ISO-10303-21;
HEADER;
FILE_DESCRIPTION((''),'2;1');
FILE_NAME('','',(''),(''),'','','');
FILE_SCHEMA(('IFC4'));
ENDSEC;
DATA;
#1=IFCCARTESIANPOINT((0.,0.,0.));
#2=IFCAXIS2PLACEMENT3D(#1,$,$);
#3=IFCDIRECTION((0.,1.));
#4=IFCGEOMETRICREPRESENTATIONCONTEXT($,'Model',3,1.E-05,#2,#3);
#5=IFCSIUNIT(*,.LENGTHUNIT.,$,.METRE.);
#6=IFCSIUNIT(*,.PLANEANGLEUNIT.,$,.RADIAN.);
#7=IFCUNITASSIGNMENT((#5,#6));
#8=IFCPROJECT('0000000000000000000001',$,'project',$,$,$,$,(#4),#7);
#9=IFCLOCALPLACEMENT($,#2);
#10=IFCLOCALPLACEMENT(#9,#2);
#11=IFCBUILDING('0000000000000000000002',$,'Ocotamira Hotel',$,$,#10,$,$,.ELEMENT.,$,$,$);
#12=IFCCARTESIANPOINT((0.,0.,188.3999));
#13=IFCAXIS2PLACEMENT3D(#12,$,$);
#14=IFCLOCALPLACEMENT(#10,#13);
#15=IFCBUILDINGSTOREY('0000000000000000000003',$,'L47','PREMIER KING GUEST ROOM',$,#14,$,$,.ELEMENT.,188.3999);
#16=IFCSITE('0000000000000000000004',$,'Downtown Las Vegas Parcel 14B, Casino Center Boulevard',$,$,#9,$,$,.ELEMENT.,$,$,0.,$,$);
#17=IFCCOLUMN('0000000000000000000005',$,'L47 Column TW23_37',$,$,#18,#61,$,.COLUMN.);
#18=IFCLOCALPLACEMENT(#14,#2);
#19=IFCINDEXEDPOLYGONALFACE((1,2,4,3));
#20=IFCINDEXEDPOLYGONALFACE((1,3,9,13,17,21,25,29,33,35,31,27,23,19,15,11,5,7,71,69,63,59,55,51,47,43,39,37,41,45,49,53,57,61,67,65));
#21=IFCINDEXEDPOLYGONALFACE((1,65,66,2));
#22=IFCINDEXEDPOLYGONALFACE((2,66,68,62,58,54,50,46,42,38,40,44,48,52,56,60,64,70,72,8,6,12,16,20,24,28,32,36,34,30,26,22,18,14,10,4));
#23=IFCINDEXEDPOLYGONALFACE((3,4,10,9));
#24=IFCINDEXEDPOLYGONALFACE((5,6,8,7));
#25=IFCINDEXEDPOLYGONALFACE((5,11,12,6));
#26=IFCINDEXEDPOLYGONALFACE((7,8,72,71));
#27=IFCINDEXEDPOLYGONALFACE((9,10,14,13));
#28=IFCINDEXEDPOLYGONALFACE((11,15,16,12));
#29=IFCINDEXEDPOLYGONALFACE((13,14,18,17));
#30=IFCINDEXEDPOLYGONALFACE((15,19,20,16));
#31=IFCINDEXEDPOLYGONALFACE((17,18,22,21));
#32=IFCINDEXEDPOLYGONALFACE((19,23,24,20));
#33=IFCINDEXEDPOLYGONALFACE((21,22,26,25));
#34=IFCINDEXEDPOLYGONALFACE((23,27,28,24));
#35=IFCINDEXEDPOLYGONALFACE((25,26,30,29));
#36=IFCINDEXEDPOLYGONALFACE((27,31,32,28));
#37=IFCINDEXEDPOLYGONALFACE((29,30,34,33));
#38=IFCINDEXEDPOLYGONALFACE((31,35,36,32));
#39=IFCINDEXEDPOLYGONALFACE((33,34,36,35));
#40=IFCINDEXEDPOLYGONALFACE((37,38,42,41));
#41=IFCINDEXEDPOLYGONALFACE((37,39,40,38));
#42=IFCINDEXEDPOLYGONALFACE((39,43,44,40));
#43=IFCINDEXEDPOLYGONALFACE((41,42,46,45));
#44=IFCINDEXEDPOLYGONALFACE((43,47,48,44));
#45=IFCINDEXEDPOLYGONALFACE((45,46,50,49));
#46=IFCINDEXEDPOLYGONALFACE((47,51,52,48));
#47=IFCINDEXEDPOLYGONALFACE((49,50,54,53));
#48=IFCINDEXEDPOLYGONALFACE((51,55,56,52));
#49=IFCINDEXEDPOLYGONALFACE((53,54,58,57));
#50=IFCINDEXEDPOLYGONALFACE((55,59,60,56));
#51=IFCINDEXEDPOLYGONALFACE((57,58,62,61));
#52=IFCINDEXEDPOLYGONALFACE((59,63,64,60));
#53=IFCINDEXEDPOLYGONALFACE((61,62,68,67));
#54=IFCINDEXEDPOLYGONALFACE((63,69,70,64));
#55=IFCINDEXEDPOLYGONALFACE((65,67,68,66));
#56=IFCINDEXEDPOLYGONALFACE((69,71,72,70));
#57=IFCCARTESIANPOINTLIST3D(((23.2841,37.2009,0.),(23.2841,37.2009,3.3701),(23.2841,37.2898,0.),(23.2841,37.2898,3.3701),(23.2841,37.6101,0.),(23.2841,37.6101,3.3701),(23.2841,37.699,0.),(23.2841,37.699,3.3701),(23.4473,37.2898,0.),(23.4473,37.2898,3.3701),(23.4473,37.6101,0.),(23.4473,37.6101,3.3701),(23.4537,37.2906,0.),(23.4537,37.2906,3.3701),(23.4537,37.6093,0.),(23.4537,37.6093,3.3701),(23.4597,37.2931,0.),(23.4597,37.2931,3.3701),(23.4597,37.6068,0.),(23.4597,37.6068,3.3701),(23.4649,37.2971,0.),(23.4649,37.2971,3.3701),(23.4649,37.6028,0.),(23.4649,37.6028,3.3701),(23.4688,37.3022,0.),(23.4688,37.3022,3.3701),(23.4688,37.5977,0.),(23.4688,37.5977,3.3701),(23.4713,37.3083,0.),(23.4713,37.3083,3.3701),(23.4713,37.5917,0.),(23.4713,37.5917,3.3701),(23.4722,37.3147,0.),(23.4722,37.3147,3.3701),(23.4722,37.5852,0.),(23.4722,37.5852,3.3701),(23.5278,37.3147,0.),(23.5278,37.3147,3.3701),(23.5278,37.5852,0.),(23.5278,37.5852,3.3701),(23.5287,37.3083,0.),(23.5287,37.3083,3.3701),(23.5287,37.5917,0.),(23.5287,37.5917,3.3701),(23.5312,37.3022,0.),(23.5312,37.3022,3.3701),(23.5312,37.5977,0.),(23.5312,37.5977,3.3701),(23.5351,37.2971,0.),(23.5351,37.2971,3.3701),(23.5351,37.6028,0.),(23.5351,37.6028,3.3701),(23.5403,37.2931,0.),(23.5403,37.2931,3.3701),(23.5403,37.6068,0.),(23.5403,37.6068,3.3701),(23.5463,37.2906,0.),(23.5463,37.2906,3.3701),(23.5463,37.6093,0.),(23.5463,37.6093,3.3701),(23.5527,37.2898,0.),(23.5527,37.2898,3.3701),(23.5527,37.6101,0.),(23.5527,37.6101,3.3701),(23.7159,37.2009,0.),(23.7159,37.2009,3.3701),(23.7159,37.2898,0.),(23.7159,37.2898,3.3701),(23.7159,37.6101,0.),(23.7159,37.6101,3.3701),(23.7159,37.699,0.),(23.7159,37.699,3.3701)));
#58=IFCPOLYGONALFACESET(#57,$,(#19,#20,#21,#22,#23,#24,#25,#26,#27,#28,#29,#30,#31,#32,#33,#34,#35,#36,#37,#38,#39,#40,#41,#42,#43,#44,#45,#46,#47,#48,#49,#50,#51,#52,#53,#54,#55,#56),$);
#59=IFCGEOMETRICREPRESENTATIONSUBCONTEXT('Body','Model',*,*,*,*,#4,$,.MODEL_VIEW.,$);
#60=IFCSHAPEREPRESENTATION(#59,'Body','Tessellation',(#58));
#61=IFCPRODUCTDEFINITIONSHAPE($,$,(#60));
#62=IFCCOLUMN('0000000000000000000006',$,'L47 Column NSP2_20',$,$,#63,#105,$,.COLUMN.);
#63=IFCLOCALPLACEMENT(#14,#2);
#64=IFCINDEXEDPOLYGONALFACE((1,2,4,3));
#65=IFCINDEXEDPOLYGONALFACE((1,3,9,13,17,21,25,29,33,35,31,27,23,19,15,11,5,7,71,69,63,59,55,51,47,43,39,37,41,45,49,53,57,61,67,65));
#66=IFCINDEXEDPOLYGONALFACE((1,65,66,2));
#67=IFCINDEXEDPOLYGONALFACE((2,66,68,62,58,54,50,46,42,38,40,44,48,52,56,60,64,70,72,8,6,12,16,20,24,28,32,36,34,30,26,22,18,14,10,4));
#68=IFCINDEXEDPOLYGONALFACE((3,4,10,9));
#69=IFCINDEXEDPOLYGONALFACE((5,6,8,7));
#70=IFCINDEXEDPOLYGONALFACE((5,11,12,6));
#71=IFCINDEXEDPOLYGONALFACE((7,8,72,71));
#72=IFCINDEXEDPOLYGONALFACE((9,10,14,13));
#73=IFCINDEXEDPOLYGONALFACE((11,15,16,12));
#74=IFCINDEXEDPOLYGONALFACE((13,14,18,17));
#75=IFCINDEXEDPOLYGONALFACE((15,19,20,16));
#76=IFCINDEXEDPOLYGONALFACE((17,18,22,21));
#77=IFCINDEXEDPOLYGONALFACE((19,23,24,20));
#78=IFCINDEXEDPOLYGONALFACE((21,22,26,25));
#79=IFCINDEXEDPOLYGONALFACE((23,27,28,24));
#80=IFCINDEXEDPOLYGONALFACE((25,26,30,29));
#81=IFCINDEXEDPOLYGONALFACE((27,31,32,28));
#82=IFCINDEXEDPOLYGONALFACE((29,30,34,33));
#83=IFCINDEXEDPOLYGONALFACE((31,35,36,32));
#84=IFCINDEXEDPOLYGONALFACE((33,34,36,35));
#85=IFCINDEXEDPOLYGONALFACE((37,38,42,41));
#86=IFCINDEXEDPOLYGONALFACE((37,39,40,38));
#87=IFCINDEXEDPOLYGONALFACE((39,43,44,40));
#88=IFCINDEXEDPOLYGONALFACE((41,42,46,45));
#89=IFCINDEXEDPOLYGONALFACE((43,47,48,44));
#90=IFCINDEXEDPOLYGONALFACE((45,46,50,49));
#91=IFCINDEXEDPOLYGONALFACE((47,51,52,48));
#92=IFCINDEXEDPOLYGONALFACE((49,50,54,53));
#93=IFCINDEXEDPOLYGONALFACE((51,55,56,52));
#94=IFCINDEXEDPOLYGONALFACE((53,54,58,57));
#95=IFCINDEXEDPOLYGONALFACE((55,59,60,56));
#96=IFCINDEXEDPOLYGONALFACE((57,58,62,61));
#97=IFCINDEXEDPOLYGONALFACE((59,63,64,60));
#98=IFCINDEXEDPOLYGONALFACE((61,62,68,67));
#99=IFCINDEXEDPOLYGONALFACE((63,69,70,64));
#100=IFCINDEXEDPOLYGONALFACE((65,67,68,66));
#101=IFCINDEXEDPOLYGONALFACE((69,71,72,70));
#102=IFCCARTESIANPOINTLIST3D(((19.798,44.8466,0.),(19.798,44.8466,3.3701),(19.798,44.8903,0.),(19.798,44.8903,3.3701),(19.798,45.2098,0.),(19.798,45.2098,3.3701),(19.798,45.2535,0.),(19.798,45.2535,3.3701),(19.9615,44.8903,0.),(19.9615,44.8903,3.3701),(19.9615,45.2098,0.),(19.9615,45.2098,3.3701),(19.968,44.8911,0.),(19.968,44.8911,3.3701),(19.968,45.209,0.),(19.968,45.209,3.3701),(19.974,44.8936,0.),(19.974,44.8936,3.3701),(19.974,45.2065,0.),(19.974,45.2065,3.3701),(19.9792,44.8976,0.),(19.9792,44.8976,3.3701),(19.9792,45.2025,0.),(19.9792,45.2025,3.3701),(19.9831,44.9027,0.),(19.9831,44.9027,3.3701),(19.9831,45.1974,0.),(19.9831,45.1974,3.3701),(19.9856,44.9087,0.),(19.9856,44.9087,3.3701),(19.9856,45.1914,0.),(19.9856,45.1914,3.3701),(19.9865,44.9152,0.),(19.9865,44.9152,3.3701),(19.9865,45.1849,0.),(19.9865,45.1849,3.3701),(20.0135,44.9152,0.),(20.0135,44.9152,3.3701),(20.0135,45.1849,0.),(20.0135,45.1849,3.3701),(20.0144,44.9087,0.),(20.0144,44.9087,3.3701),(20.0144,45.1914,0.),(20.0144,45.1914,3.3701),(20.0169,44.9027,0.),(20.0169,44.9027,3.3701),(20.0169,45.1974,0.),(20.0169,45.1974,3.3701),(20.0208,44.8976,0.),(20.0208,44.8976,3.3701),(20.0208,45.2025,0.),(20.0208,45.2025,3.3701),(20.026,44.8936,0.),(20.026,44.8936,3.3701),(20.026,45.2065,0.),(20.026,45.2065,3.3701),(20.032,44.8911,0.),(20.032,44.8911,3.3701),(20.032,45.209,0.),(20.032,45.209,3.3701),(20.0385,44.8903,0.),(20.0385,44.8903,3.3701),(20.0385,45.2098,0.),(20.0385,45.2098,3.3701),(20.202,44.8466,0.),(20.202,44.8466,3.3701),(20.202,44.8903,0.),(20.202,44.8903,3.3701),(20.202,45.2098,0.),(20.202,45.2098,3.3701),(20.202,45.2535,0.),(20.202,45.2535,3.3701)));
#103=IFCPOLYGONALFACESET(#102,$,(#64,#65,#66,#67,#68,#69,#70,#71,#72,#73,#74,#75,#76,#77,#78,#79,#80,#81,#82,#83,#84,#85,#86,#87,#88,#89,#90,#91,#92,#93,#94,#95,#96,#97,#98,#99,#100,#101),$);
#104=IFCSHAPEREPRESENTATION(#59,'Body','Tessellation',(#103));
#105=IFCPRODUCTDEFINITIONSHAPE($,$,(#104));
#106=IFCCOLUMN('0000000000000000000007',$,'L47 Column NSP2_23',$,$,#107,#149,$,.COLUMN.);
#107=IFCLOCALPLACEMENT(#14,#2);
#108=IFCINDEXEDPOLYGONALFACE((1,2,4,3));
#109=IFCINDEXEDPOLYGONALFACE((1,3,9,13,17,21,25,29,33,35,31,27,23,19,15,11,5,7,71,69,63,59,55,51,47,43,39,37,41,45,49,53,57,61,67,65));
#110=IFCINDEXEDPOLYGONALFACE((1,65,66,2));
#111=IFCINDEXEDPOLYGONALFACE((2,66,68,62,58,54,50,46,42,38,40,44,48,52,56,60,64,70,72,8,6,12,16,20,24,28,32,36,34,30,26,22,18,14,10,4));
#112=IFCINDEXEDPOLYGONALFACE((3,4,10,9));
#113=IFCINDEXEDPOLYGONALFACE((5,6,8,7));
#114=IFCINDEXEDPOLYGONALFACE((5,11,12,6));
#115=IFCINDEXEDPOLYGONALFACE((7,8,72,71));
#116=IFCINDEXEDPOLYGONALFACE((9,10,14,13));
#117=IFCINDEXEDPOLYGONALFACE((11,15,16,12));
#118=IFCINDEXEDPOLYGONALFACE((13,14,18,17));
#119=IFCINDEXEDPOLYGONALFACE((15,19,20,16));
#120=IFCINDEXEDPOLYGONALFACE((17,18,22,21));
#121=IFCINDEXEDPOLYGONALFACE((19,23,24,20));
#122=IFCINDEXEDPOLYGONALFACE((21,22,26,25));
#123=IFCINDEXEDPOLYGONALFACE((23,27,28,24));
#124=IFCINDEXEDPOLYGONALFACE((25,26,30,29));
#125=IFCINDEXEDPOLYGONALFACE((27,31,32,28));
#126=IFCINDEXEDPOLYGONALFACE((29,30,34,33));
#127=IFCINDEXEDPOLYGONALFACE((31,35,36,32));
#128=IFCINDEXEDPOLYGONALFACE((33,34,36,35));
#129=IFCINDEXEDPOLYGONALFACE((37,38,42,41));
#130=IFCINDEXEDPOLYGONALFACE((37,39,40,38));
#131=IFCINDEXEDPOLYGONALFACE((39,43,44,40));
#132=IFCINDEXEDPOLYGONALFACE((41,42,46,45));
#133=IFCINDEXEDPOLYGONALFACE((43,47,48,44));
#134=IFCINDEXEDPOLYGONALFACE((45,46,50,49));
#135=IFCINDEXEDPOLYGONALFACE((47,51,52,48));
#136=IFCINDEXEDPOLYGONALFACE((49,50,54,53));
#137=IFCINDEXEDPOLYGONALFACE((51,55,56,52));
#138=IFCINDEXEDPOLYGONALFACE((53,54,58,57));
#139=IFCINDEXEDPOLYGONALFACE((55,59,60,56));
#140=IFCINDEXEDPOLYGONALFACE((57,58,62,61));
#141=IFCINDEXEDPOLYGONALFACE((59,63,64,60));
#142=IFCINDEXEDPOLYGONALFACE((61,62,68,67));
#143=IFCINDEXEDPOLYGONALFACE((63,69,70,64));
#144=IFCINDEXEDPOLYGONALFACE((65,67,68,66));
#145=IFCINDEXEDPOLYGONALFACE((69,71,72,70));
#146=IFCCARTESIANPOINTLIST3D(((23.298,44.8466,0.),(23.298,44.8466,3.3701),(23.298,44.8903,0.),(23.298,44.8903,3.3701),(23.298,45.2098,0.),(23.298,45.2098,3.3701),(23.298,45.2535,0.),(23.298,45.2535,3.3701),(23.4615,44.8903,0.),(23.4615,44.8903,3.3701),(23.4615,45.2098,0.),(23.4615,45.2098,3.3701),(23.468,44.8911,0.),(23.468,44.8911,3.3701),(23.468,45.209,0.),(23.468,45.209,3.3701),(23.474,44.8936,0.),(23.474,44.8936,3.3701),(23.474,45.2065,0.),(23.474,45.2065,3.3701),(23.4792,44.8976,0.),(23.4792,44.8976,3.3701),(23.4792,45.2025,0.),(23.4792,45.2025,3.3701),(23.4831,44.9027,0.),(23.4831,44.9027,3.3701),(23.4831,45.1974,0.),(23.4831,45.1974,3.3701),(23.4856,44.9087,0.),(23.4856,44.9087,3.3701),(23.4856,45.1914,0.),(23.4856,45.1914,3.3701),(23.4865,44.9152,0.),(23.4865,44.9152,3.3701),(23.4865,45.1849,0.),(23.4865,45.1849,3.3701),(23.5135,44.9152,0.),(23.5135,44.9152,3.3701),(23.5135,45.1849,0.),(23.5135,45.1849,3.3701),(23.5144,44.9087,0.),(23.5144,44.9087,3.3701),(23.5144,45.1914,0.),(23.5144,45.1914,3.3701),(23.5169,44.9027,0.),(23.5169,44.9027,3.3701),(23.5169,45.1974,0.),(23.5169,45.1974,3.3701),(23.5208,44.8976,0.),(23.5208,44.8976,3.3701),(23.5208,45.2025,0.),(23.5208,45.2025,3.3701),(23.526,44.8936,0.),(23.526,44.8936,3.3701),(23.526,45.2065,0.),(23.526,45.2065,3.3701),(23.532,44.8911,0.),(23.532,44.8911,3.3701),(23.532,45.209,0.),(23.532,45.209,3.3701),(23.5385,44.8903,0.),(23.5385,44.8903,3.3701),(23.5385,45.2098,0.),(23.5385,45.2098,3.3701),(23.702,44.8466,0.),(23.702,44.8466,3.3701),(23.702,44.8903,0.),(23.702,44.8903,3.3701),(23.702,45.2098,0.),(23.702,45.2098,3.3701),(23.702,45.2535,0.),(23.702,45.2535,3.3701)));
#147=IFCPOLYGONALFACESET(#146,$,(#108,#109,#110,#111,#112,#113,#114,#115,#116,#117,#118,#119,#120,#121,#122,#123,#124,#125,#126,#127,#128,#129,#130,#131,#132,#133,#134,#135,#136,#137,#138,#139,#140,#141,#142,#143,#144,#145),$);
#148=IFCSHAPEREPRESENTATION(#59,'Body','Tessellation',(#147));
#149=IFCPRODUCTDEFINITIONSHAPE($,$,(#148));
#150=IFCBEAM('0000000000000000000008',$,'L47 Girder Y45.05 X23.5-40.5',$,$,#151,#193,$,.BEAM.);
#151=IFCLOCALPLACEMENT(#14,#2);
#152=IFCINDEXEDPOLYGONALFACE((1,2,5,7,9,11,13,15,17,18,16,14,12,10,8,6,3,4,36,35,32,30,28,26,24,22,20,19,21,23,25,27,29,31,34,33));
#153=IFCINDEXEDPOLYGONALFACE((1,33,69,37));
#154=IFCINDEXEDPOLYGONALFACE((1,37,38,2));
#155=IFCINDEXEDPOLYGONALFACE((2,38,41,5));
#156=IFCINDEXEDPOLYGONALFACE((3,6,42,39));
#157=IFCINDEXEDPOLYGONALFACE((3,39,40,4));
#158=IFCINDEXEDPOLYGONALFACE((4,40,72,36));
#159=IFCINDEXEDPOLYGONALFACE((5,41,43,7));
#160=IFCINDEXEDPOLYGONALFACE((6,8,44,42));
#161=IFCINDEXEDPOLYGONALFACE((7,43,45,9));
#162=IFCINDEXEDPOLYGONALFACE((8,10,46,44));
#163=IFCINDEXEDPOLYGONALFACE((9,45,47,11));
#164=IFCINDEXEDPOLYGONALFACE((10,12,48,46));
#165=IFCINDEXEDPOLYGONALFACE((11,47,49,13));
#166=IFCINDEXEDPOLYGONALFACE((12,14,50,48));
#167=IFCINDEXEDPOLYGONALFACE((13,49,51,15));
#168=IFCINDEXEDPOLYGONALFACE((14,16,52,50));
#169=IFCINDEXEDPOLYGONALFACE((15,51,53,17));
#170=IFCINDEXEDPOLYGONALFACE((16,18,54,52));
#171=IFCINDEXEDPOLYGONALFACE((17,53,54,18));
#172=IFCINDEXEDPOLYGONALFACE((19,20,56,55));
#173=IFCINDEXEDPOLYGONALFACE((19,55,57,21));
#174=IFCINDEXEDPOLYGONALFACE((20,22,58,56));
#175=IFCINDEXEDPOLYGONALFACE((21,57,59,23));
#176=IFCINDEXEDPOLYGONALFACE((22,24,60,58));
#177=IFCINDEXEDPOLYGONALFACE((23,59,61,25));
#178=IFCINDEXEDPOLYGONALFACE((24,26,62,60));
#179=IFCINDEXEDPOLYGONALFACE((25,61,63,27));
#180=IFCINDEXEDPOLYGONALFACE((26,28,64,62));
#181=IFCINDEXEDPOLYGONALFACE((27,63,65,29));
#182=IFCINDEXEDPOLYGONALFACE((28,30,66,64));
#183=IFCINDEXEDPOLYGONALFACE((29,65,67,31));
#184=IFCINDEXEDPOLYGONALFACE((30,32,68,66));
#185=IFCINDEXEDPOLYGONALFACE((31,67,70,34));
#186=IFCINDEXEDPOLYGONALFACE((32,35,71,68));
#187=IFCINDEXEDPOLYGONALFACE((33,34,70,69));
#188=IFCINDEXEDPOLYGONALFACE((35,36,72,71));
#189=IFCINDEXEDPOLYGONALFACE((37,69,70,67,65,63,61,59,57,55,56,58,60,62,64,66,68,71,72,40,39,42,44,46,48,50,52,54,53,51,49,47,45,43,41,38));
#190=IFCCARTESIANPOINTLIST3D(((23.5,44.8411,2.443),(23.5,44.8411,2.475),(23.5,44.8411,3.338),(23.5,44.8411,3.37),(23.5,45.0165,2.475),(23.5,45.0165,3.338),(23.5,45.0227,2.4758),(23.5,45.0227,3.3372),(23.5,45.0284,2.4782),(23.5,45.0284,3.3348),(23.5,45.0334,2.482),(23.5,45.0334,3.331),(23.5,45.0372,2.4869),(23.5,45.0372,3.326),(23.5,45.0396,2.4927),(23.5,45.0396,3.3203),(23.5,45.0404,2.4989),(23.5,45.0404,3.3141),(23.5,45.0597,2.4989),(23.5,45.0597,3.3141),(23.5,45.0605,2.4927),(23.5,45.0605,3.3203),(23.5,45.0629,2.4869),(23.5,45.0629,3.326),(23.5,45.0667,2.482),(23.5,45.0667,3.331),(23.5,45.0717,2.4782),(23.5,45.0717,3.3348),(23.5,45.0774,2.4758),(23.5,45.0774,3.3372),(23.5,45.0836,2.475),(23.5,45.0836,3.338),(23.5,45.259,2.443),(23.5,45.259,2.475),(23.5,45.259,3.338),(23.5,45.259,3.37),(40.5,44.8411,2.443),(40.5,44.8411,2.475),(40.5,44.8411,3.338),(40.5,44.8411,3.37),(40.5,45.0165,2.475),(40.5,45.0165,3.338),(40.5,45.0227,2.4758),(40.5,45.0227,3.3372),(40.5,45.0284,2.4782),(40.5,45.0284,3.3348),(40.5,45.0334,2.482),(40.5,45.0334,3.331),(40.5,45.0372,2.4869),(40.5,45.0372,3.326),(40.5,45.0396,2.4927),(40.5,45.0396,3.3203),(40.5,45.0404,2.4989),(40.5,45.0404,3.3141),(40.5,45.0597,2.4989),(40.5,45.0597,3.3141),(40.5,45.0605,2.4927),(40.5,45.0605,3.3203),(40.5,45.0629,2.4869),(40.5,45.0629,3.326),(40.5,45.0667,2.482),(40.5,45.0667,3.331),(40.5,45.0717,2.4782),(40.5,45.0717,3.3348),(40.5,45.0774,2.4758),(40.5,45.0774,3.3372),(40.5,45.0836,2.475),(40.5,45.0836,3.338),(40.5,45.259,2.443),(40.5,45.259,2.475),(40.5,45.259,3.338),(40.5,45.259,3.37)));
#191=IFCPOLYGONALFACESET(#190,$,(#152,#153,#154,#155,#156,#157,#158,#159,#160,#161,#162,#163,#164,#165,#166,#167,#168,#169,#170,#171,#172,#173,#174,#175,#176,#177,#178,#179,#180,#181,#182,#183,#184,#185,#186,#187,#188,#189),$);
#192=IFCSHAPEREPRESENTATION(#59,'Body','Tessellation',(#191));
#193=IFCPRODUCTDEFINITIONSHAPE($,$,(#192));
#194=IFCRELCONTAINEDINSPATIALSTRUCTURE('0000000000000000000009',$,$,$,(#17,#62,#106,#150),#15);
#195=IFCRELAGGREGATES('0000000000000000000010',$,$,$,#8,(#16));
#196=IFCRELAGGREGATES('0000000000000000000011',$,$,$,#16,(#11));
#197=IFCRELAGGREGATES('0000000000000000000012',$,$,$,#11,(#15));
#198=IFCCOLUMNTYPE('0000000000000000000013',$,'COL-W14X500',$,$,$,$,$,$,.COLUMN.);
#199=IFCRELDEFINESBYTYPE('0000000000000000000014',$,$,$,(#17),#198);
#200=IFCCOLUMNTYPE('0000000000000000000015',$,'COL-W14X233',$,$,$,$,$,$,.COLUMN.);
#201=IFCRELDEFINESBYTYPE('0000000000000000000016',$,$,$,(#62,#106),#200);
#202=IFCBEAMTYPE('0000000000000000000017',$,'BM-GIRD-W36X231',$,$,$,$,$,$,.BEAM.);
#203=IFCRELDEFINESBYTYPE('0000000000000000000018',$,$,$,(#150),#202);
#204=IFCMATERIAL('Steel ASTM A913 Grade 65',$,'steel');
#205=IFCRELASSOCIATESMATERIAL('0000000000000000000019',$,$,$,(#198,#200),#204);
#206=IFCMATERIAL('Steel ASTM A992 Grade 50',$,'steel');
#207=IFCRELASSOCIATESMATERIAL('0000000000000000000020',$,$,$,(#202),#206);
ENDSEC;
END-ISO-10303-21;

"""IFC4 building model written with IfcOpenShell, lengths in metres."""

from ifc_helpers import new_model, si_unit, direction, frame, origin, origin_2d, place, context, subcontext, project, spatial, i_section, extrude, source, transform, mapped, material, material_profile, profile_set, type_object, element, save


model = new_model("IFC4")

# Units and contexts
model_context = context("Model", 3, precision=1e-05, world=origin(), true_north=direction((0.0, 1.0)))
body_context = subcontext(model_context, "Body", "Model", "MODEL_VIEW")
ifc_project = project(units=[si_unit("LENGTHUNIT", "METRE"), si_unit("PLANEANGLEUNIT", "RADIAN")], contexts=[model_context])

# Site, building, storey
site_placement = place(None, origin())
site = spatial("IfcSite", under=ifc_project, at=site_placement, Name="Downtown Las Vegas Parcel 14B, Casino Center Boulevard", CompositionType="ELEMENT", RefElevation=0.0)
building_placement = place(site_placement, origin())
building = spatial("IfcBuilding", under=site, at=building_placement, Name="Ocotamira Hotel", CompositionType="ELEMENT")
storey_placement = place(building_placement, frame((0.0, 0.0, 188.3999)))
storey = spatial("IfcBuildingStorey", under=building, at=storey_placement, Name="L47", Description="PREMIER KING GUEST ROOM", CompositionType="ELEMENT", Elevation=188.3999)

# Columns
ifc_material_1 = material(Name="Steel ASTM A913 Grade 65", Category="steel")
ifc_material_profile_1 = material_profile(ifc_material_1, i_section(OverallWidth=0.4319, OverallDepth=0.498, WebThickness=0.0557, FlangeThickness=0.0889, FilletRadius=0.0249, at=origin_2d()), Name="W14X500")
ifc_profile_set_1 = profile_set([ifc_material_profile_1], Name="Steel ASTM A913 Grade 65")
column_type_1 = type_object("IfcColumnType", Name="COL-W14X500", PredefinedType="COLUMN", material=ifc_profile_set_1)
shared_shape_1 = source(origin(), body_context, "Body", "SweptSolid", [
    extrude(i_section(OverallWidth=0.4319, OverallDepth=0.498, WebThickness=0.0557, FlangeThickness=0.0889, FilletRadius=0.0249, at=origin_2d()), origin(), (0.0, 0.0, 1.0), 3.3701),
])
column_placement = place(storey_placement, frame((23.5, 37.45, 0.0), z_axis=(0.0, 0.0, 1.0), x_axis=(1.0, 0.0, 0.0)))
element("IfcColumn", 1, at=column_placement, inside=storey, type_object=column_type_1, Name="L47 Column TW23_37", PredefinedType="COLUMN", context=body_context, shape_type="MappedRepresentation", body=[
    mapped(shared_shape_1, transform((0.0, 0.0, 0.0), scale=1.0)),
])
ifc_material_profile_2 = material_profile(ifc_material_1, i_section(OverallWidth=0.4041, OverallDepth=0.407, WebThickness=0.0271, FlangeThickness=0.0437, FilletRadius=0.0249, at=origin_2d()), Name="W14X233")
ifc_profile_set_2 = profile_set([ifc_material_profile_2], Name="Steel ASTM A913 Grade 65")
column_type_2 = type_object("IfcColumnType", Name="COL-W14X233", PredefinedType="COLUMN", material=ifc_profile_set_2)
shared_shape_2 = source(origin(), body_context, "Body", "SweptSolid", [
    extrude(i_section(OverallWidth=0.4041, OverallDepth=0.407, WebThickness=0.0271, FlangeThickness=0.0437, FilletRadius=0.0249, at=origin_2d()), origin(), (0.0, 0.0, 1.0), 3.3701),
])
for number, where, z_axis, x_axis, name in (
    (2, (20.0, 45.05, 0.0), (0.0, 0.0, 1.0), (1.0, 0.0, 0.0), "L47 Column NSP2_20"),
    (3, (23.5, 45.05, 0.0), (0.0, 0.0, 1.0), (1.0, 0.0, 0.0), "L47 Column NSP2_23"),
):
    element("IfcColumn", number, at=place(storey_placement, frame(where, z_axis=z_axis, x_axis=x_axis)), inside=storey, type_object=column_type_2, Name=name, PredefinedType="COLUMN", context=body_context, shape_type="MappedRepresentation", body=[
        mapped(shared_shape_2, transform((0.0, 0.0, 0.0), scale=1.0)),
    ])

# Beam
ifc_material_2 = material(Name="Steel ASTM A992 Grade 50", Category="steel")
ifc_material_profile_3 = material_profile(ifc_material_2, i_section(OverallWidth=0.418, OverallDepth=0.927, WebThickness=0.0193, FlangeThickness=0.032, FilletRadius=0.0239, at=origin_2d()), Name="W36X231")
ifc_profile_set_3 = profile_set([ifc_material_profile_3], Name="Steel ASTM A992 Grade 50")
beam_type_1 = type_object("IfcBeamType", Name="BM-GIRD-W36X231", PredefinedType="BEAM", material=ifc_profile_set_3)
shared_shape_3 = source(origin(), body_context, "Body", "SweptSolid", [
    extrude(i_section(OverallWidth=0.418, OverallDepth=0.927, WebThickness=0.0193, FlangeThickness=0.032, FilletRadius=0.0239, at=origin_2d()), origin(), (0.0, 0.0, 1.0), 17.0),
])
beam_1_placement = place(storey_placement, frame((23.5, 45.05, 2.9065), z_axis=(1.0, 0.0, 0.0), x_axis=(0.0, 1.0, 0.0)))
element("IfcBeam", 4, at=beam_1_placement, inside=storey, type_object=beam_type_1, Name="L47 Girder Y45.05 X23.5-40.5", PredefinedType="BEAM", context=body_context, shape_type="MappedRepresentation", body=[
    mapped(shared_shape_3, transform((0.0, 0.0, 0.0), scale=1.0)),
])

save(model, "model.ifc")
